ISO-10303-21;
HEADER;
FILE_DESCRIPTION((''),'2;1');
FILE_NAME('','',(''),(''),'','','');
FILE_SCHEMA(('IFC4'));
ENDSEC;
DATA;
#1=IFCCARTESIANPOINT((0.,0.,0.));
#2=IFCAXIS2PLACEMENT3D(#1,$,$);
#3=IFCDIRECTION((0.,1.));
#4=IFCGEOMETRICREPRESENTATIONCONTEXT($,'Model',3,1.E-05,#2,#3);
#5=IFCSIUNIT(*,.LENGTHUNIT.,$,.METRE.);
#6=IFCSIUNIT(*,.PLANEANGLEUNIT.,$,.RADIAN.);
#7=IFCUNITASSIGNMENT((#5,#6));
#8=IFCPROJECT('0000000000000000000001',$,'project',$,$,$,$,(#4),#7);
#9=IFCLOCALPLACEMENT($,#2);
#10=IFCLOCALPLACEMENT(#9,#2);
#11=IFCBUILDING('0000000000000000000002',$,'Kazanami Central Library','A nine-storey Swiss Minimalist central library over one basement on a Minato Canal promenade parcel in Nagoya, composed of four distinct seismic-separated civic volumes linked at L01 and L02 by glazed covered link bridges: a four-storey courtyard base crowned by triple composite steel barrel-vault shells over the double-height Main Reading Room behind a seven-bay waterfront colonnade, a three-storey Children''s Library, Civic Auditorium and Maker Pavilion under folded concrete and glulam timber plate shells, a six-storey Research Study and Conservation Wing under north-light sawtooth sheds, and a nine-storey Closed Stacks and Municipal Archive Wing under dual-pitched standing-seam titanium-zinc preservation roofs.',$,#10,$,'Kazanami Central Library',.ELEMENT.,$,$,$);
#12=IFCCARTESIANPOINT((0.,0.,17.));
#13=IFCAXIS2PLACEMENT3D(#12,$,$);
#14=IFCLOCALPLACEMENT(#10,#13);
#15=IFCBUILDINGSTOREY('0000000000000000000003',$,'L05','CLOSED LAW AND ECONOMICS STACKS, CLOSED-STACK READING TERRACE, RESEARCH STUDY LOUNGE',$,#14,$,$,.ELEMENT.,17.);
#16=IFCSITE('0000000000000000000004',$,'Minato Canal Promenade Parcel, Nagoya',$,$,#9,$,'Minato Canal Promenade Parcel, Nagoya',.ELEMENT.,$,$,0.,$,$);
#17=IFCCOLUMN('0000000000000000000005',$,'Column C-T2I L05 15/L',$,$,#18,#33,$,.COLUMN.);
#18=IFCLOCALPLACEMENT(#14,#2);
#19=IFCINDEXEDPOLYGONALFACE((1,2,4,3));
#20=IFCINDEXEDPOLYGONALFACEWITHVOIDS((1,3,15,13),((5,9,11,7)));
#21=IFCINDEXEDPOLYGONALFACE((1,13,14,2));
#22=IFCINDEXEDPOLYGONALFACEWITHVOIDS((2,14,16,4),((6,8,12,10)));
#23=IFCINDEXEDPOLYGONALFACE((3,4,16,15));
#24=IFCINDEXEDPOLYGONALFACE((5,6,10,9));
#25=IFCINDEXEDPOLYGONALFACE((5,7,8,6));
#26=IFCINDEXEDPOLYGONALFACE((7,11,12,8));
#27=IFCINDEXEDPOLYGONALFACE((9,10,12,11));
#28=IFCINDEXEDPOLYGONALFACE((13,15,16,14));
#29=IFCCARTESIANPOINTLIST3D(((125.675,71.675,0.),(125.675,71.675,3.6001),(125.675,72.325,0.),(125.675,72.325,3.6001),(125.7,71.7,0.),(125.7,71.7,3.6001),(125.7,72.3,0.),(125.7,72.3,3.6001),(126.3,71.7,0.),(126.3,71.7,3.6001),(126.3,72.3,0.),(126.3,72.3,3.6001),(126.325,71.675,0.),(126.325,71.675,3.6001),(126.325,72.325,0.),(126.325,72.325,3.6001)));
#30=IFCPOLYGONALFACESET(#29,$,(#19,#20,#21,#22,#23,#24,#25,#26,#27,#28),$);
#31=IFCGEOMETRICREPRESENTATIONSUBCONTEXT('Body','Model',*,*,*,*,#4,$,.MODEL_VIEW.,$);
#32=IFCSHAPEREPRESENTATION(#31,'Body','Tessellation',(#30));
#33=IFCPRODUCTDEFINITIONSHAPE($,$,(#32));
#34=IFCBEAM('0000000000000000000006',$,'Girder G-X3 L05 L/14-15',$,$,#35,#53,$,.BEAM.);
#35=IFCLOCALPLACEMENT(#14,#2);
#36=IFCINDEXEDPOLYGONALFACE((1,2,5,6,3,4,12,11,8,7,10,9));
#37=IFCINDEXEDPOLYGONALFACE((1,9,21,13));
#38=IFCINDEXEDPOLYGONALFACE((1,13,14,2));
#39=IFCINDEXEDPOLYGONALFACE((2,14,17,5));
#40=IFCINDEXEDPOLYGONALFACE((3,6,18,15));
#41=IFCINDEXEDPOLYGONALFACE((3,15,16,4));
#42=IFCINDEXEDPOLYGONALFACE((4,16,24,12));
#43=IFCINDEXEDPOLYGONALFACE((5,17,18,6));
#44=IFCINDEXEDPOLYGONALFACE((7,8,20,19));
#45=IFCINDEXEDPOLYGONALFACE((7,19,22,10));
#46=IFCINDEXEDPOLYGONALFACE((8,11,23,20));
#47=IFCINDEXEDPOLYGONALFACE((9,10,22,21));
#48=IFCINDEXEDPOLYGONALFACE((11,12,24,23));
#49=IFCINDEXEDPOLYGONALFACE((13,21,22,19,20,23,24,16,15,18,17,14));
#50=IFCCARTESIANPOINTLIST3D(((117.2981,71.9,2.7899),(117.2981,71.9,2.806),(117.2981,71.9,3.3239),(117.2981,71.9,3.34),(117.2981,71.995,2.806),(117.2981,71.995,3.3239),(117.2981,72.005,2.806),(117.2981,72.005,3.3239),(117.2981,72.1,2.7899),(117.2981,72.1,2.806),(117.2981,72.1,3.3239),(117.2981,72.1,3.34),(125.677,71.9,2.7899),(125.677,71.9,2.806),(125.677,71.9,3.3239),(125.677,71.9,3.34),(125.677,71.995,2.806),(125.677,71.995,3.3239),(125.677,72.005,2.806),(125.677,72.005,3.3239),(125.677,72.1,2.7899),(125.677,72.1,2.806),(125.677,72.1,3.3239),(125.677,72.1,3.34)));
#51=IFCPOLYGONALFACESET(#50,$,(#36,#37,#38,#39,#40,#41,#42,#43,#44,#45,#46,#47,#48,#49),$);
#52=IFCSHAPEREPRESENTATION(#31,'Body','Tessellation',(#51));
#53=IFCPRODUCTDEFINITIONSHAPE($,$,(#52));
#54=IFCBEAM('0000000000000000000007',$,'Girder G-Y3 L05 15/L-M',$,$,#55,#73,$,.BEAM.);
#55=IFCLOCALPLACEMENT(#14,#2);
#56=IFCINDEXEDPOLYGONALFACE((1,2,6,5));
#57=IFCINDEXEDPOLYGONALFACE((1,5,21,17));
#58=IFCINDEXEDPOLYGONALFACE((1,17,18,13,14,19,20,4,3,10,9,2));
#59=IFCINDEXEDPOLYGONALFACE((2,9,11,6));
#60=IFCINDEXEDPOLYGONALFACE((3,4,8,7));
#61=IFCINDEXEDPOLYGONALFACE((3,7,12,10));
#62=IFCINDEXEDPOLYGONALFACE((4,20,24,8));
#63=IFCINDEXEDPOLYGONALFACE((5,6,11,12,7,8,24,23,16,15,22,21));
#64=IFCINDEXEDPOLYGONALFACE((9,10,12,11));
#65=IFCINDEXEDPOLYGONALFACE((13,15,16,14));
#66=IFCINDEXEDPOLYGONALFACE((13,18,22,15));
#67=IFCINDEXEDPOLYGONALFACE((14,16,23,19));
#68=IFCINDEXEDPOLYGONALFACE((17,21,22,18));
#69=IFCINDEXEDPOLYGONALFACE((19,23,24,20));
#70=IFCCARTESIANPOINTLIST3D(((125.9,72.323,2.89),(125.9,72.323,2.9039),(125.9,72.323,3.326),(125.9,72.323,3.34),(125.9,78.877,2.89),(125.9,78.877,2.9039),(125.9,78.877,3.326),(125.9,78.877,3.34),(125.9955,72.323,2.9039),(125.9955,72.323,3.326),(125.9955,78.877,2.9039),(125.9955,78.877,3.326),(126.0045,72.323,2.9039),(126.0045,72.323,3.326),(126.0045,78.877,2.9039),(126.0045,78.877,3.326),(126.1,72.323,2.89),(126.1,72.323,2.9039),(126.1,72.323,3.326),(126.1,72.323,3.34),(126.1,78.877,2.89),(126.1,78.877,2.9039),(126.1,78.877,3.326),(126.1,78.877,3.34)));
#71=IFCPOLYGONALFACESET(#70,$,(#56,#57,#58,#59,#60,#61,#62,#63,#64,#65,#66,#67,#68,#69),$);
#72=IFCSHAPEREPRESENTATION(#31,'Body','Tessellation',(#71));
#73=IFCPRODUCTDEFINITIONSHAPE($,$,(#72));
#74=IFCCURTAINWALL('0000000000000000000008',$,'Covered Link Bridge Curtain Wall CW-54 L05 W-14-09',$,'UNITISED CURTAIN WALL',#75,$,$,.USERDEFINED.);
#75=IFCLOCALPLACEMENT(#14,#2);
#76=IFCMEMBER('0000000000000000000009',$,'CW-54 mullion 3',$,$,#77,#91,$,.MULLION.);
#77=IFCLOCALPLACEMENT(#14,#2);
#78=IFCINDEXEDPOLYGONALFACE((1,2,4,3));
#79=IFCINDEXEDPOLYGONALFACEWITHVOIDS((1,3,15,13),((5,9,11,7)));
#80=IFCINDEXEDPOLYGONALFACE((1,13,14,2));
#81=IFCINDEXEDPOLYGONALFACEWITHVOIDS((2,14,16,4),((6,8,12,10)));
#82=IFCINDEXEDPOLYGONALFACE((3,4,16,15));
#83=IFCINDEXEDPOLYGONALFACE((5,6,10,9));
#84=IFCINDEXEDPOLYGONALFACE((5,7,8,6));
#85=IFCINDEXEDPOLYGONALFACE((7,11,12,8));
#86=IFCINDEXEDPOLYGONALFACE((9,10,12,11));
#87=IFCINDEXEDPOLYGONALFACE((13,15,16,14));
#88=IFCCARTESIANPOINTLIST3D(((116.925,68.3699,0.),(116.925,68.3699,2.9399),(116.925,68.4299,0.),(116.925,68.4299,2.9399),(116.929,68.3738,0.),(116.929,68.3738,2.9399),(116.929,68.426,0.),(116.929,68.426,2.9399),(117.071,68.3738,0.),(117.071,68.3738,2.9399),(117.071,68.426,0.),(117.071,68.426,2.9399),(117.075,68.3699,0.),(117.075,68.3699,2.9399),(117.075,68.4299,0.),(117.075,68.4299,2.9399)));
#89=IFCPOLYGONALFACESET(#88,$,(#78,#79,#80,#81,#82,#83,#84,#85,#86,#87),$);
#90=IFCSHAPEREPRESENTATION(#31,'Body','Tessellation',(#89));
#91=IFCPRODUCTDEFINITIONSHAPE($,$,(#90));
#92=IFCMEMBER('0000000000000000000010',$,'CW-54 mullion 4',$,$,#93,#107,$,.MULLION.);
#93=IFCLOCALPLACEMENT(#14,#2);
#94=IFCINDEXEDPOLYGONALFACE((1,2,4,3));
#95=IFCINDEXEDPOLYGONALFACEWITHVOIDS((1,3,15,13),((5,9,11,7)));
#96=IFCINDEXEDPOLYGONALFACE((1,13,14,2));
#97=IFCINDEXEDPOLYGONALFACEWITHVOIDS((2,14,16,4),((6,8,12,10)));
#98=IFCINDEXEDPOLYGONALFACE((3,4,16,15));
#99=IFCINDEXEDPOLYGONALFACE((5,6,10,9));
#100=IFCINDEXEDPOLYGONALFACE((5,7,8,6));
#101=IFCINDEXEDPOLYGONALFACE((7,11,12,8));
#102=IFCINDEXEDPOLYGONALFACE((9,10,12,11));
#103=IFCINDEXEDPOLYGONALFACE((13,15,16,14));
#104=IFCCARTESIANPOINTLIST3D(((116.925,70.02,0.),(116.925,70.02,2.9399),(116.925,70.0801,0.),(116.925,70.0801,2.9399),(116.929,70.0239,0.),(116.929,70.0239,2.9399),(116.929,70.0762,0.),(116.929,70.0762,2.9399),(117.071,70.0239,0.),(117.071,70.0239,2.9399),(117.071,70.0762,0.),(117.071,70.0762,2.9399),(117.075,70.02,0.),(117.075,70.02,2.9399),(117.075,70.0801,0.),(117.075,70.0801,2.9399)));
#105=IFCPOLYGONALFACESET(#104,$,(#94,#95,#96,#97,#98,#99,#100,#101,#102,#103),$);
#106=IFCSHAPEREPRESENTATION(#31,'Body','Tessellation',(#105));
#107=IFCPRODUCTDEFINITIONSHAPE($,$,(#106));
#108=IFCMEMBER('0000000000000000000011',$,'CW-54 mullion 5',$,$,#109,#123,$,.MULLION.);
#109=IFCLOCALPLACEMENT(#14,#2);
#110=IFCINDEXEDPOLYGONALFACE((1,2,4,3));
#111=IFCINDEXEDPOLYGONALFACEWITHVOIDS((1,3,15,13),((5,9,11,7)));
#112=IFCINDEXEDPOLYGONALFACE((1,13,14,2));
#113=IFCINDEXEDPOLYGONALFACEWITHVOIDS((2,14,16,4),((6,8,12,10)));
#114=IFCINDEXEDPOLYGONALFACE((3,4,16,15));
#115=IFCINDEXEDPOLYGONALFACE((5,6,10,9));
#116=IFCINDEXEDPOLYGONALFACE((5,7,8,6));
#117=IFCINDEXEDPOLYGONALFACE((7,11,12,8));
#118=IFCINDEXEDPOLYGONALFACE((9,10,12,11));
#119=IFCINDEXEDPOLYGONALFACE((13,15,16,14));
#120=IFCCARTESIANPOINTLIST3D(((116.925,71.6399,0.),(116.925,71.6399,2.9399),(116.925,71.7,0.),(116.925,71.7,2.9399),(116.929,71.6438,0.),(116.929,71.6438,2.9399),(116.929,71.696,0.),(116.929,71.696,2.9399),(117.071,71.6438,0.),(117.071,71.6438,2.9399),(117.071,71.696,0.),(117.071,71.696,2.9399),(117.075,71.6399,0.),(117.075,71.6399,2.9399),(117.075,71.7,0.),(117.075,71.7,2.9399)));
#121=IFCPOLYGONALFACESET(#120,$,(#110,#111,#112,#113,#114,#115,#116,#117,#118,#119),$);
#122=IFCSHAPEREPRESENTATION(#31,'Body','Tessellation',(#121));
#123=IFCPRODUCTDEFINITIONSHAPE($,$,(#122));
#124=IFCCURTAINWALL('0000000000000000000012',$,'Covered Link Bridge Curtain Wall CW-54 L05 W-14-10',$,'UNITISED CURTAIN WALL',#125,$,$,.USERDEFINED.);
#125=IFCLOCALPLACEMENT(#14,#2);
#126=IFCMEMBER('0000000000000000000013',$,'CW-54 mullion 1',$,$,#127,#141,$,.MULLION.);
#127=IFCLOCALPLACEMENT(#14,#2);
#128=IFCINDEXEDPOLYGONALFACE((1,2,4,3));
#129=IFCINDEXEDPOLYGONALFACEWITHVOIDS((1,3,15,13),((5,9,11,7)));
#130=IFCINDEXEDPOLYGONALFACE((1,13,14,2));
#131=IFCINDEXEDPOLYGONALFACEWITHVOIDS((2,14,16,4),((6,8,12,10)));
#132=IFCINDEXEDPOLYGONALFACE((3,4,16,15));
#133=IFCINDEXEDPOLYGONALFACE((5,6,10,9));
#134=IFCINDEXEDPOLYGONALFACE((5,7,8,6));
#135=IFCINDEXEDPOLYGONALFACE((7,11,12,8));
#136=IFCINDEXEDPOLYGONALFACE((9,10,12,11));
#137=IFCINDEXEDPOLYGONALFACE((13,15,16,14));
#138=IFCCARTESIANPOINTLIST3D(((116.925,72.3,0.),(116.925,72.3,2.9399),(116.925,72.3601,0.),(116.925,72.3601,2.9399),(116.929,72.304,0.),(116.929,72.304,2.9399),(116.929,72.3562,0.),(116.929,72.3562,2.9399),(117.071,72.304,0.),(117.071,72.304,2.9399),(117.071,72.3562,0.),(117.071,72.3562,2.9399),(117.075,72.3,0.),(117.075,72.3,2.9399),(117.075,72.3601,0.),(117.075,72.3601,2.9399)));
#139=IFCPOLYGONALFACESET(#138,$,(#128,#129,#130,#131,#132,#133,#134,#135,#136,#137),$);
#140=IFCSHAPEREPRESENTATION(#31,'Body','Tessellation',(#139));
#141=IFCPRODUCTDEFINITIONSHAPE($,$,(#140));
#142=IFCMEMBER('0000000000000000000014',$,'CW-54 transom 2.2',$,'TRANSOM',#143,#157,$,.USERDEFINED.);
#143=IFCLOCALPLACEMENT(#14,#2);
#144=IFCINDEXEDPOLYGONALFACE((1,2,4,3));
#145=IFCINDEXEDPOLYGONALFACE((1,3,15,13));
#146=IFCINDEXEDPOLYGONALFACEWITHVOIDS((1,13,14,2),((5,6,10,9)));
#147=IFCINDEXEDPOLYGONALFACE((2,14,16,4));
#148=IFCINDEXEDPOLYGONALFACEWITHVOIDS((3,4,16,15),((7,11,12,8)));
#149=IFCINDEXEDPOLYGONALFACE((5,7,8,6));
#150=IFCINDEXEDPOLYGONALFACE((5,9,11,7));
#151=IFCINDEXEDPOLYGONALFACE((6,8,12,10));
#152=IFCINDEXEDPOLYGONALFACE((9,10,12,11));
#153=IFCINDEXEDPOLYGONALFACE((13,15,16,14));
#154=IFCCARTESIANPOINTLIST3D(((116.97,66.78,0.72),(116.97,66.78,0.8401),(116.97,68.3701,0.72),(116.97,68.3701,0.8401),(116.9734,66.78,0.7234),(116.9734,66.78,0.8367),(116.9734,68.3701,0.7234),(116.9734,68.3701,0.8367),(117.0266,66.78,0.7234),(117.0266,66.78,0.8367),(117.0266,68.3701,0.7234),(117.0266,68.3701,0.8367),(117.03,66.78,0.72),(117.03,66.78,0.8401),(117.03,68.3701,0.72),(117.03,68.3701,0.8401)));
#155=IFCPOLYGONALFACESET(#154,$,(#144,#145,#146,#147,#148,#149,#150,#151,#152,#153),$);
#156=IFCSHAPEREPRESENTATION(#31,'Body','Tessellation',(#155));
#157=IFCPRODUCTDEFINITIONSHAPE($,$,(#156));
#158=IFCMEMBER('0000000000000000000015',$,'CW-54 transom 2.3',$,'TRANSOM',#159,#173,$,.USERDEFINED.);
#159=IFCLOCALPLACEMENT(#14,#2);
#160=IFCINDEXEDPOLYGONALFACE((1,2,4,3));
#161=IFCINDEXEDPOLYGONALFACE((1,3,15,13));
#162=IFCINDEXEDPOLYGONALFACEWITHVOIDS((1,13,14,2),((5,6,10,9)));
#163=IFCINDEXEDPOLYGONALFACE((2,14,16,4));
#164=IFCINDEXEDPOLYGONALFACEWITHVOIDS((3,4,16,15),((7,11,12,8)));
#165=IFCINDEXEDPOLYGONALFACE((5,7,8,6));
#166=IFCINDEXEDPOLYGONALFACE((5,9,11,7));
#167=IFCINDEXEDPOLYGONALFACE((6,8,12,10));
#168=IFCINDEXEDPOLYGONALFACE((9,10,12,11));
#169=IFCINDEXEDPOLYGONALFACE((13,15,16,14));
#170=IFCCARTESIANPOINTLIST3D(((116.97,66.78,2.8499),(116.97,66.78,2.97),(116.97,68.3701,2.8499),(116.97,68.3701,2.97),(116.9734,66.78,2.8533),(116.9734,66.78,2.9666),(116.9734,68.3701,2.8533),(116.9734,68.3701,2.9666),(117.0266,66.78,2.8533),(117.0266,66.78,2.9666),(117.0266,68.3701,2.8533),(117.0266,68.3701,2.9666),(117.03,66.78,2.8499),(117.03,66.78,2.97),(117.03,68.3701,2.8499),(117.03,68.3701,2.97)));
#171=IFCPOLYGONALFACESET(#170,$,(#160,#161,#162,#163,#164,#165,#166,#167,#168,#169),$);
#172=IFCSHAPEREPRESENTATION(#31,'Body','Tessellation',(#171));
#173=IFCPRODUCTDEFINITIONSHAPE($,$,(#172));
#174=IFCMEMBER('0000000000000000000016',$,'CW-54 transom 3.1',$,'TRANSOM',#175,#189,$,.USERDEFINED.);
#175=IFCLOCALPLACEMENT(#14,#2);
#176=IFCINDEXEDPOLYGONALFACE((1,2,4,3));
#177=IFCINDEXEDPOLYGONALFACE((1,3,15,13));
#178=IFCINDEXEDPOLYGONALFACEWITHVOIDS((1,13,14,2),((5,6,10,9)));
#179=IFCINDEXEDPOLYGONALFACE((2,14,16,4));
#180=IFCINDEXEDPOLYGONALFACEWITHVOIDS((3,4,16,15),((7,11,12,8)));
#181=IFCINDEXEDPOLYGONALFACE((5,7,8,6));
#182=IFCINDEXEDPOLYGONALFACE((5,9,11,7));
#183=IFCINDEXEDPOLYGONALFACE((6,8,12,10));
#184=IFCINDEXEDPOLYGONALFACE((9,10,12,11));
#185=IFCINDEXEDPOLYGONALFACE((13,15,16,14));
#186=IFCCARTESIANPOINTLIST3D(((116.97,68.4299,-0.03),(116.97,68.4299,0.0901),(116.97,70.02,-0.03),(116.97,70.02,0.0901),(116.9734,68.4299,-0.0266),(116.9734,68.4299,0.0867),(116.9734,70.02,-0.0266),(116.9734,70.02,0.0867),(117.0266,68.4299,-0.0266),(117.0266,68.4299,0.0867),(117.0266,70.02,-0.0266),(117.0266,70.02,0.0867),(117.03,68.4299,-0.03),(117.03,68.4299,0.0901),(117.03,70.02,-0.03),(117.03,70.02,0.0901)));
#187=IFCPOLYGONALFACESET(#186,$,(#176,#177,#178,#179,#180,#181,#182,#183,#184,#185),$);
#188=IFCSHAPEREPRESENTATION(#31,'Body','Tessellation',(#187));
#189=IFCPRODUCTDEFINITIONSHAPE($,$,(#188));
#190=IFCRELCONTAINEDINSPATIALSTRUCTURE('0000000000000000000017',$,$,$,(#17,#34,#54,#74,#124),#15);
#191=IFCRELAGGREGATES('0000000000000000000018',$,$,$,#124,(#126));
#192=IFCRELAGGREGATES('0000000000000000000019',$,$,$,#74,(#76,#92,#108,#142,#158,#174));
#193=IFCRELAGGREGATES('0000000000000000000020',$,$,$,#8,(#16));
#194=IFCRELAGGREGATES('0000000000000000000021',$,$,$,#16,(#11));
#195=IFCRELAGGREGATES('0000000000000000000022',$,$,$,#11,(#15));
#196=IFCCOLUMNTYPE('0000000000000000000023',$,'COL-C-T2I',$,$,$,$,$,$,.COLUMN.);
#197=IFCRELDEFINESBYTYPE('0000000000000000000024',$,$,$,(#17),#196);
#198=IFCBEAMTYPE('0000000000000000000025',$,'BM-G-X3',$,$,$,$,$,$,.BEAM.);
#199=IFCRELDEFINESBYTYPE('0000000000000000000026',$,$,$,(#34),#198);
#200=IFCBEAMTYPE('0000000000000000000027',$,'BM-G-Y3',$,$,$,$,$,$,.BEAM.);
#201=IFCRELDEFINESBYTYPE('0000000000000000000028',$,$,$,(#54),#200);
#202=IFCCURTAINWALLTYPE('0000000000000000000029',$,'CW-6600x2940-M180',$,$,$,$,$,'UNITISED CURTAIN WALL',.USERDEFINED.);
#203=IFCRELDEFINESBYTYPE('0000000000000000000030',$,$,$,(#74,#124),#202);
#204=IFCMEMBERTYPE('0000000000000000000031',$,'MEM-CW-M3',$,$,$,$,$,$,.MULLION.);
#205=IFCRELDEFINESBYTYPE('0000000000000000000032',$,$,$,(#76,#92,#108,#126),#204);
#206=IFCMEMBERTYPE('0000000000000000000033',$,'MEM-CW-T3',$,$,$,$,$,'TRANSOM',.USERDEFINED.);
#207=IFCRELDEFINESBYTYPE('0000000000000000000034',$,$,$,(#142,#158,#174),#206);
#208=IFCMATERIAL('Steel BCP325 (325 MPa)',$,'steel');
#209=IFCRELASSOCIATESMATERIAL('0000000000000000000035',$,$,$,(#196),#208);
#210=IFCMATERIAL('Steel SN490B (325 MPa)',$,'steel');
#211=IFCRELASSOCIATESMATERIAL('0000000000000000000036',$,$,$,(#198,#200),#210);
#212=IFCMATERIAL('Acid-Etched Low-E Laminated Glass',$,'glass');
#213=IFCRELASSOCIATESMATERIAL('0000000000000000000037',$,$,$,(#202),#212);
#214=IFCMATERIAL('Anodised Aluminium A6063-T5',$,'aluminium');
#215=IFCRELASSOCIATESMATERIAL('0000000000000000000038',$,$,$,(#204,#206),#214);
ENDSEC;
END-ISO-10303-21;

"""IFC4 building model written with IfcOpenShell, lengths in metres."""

from ifc_helpers import new_model, si_unit, direction, frame, origin, origin_2d, place, context, subcontext, project, spatial, hollow_rectangle, i_section, extrude, material, material_profile, profile_set, type_object, element, aggregate, save


model = new_model("IFC4")

# Units and contexts
model_context = context("Model", 3, precision=1e-05, world=origin(), true_north=direction((0.0, 1.0)))
body_context = subcontext(model_context, "Body", "Model", "MODEL_VIEW")
ifc_project = project(units=[si_unit("LENGTHUNIT", "METRE"), si_unit("PLANEANGLEUNIT", "RADIAN")], contexts=[model_context])

# Site, building, storey
site_placement = place(None, origin())
site = spatial("IfcSite", under=ifc_project, at=site_placement, Name="Minato Canal Promenade Parcel, Nagoya", LongName="Minato Canal Promenade Parcel, Nagoya", CompositionType="ELEMENT", RefElevation=0.0)
building_placement = place(site_placement, origin())
building = spatial("IfcBuilding", under=site, at=building_placement, Name="Kazanami Central Library", Description="A nine-storey Swiss Minimalist central library over one basement on a Minato Canal promenade parcel in Nagoya, composed of four distinct seismic-separated civic volumes linked at L01 and L02 by glazed covered link bridges: a four-storey courtyard base crowned by triple composite steel barrel-vault shells over the double-height Main Reading Room behind a seven-bay waterfront colonnade, a three-storey Children's Library, Civic Auditorium and Maker Pavilion under folded concrete and glulam timber plate shells, a six-storey Research Study and Conservation Wing under north-light sawtooth sheds, and a nine-storey Closed Stacks and Municipal Archive Wing under dual-pitched standing-seam titanium-zinc preservation roofs.", LongName="Kazanami Central Library", CompositionType="ELEMENT")
storey_placement = place(building_placement, frame((0.0, 0.0, 17.0)))
storey = spatial("IfcBuildingStorey", under=building, at=storey_placement, Name="L05", Description="CLOSED LAW AND ECONOMICS STACKS, CLOSED-STACK READING TERRACE, RESEARCH STUDY LOUNGE", CompositionType="ELEMENT", Elevation=17.0)

# Column
ifc_material_1 = material(Name="Steel BCP325 (325 MPa)", Category="steel")
ifc_material_profile_1 = material_profile(ifc_material_1, hollow_rectangle(XDim=0.6499, YDim=0.6499, WallThickness=0.0249, at=origin_2d()), Name="BCP-650x650x25")
ifc_profile_set_1 = profile_set([ifc_material_profile_1], Name="Steel BCP325 (325 MPa)")
column_type = type_object("IfcColumnType", Name="COL-C-T2I", PredefinedType="COLUMN", material=ifc_profile_set_1)
column_placement = place(storey_placement, frame((126.0, 72.0, 0.0), z_axis=(0.0, 0.0, 1.0), x_axis=(1.0, 0.0, 0.0)))
element("IfcColumn", 1, at=column_placement, inside=storey, type_object=column_type, Name="Column C-T2I L05 15/L", PredefinedType="COLUMN", context=body_context, shape_type="SweptSolid", body=[
    extrude(hollow_rectangle(XDim=0.6499, YDim=0.6499, WallThickness=0.0249, at=origin_2d()), origin(), (0.0, 0.0, 1.0), 3.6001),
])

# Beams
ifc_material_2 = material(Name="Steel SN490B (325 MPa)", Category="steel")
ifc_material_profile_2 = material_profile(ifc_material_2, i_section(OverallWidth=0.2, OverallDepth=0.55, WebThickness=0.01, FlangeThickness=0.0161, at=origin_2d()), Name="H-550x200x10x16")
ifc_profile_set_2 = profile_set([ifc_material_profile_2], Name="Steel SN490B (325 MPa)")
beam_type_1 = type_object("IfcBeamType", Name="BM-G-X3", PredefinedType="BEAM", material=ifc_profile_set_2)
beam_1_placement = place(storey_placement, frame((117.2981, 72.0, 3.0649), z_axis=(1.0, 0.0, 0.0), x_axis=(0.0, 1.0, 0.0)))
element("IfcBeam", 2, at=beam_1_placement, inside=storey, type_object=beam_type_1, Name="Girder G-X3 L05 L/14-15", PredefinedType="BEAM", context=body_context, shape_type="SweptSolid", body=[
    extrude(i_section(OverallWidth=0.2, OverallDepth=0.55, WebThickness=0.01, FlangeThickness=0.0161, at=origin_2d()), origin(), (0.0, 0.0, 1.0), 8.3789),
])
ifc_material_profile_3 = material_profile(ifc_material_2, i_section(OverallWidth=0.2, OverallDepth=0.45, WebThickness=0.009, FlangeThickness=0.0139, at=origin_2d()), Name="H-450x200x9x14")
ifc_profile_set_3 = profile_set([ifc_material_profile_3], Name="Steel SN490B (325 MPa)")
beam_type_2 = type_object("IfcBeamType", Name="BM-G-Y3", PredefinedType="BEAM", material=ifc_profile_set_3)
beam_2_placement = place(storey_placement, frame((126.0, 72.323, 3.115), z_axis=(0.0, 1.0, 0.0), x_axis=(-1.0, 0.0, 0.0)))
element("IfcBeam", 3, at=beam_2_placement, inside=storey, type_object=beam_type_2, Name="Girder G-Y3 L05 15/L-M", PredefinedType="BEAM", context=body_context, shape_type="SweptSolid", body=[
    extrude(i_section(OverallWidth=0.2, OverallDepth=0.45, WebThickness=0.009, FlangeThickness=0.0139, at=origin_2d()), origin(), (0.0, 0.0, 1.0), 6.554),
])

# Curtain wall, members
ifc_material_3 = material(Name="Acid-Etched Low-E Laminated Glass", Category="glass")
curtain_wall_type = type_object("IfcCurtainWallType", Name="CW-6600x2940-M180", ElementType="UNITISED CURTAIN WALL", PredefinedType="USERDEFINED", material=ifc_material_3)
curtain_wall_1_placement = place(storey_placement, origin())
curtain_wall_1 = element("IfcCurtainWall", 4, at=curtain_wall_1_placement, inside=storey, type_object=curtain_wall_type, Name="Covered Link Bridge Curtain Wall CW-54 L05 W-14-09", ObjectType="UNITISED CURTAIN WALL", PredefinedType="USERDEFINED")
ifc_material_4 = material(Name="Anodised Aluminium A6063-T5", Category="aluminium")
ifc_material_profile_4 = material_profile(ifc_material_4, hollow_rectangle(XDim=0.0601, YDim=0.1499, WallThickness=0.0039, at=origin_2d()), Name="ALU-MULL-60x150x4")
ifc_profile_set_4 = profile_set([ifc_material_profile_4], Name="Anodised Aluminium A6063-T5")
member_type_1 = type_object("IfcMemberType", Name="MEM-CW-M3", PredefinedType="MULLION", material=ifc_profile_set_4)
member_1_placement = place(storey_placement, frame((117.0, 68.3999, 0.0), z_axis=(0.0, 0.0, 1.0), x_axis=(0.0, 1.0, 0.0)))
member_1 = element("IfcMember", 5, at=member_1_placement, type_object=member_type_1, Name="CW-54 mullion 3", PredefinedType="MULLION", context=body_context, shape_type="SweptSolid", body=[
    extrude(hollow_rectangle(XDim=0.0601, YDim=0.1499, WallThickness=0.0039, at=origin_2d()), origin(), (0.0, 0.0, 1.0), 2.9399),
])
member_2_placement = place(storey_placement, frame((117.0, 70.05, 0.0), z_axis=(0.0, 0.0, 1.0), x_axis=(0.0, 1.0, 0.0)))
member_2 = element("IfcMember", 6, at=member_2_placement, type_object=member_type_1, Name="CW-54 mullion 4", PredefinedType="MULLION", context=body_context, shape_type="SweptSolid", body=[
    extrude(hollow_rectangle(XDim=0.0601, YDim=0.1499, WallThickness=0.0039, at=origin_2d()), origin(), (0.0, 0.0, 1.0), 2.9399),
])
member_3_placement = place(storey_placement, frame((117.0, 71.6699, 0.0), z_axis=(0.0, 0.0, 1.0), x_axis=(0.0, 1.0, 0.0)))
member_3 = element("IfcMember", 7, at=member_3_placement, type_object=member_type_1, Name="CW-54 mullion 5", PredefinedType="MULLION", context=body_context, shape_type="SweptSolid", body=[
    extrude(hollow_rectangle(XDim=0.0601, YDim=0.1499, WallThickness=0.0039, at=origin_2d()), origin(), (0.0, 0.0, 1.0), 2.9399),
])

# Curtain wall, member
curtain_wall_2_placement = place(storey_placement, origin())
curtain_wall_2 = element("IfcCurtainWall", 8, at=curtain_wall_2_placement, inside=storey, type_object=curtain_wall_type, Name="Covered Link Bridge Curtain Wall CW-54 L05 W-14-10", ObjectType="UNITISED CURTAIN WALL", PredefinedType="USERDEFINED")
member_4_placement = place(storey_placement, frame((117.0, 72.3301, 0.0), z_axis=(0.0, 0.0, 1.0), x_axis=(0.0, 1.0, 0.0)))
member_4 = element("IfcMember", 9, at=member_4_placement, type_object=member_type_1, Name="CW-54 mullion 1", PredefinedType="MULLION", context=body_context, shape_type="SweptSolid", body=[
    extrude(hollow_rectangle(XDim=0.0601, YDim=0.1499, WallThickness=0.0039, at=origin_2d()), origin(), (0.0, 0.0, 1.0), 2.9399),
])

# Members
ifc_material_profile_5 = material_profile(ifc_material_4, hollow_rectangle(XDim=0.0601, YDim=0.1201, WallThickness=0.0034, at=origin_2d()), Name="ALU-TRAN-60x120x3.5")
ifc_profile_set_5 = profile_set([ifc_material_profile_5], Name="Anodised Aluminium A6063-T5")
member_type_2 = type_object("IfcMemberType", Name="MEM-CW-T3", ElementType="TRANSOM", PredefinedType="USERDEFINED", material=ifc_profile_set_5)
member_5_placement = place(storey_placement, frame((117.0, 66.78, 0.78), z_axis=(0.0, 1.0, 0.0), x_axis=(-1.0, 0.0, 0.0)))
member_5 = element("IfcMember", 10, at=member_5_placement, type_object=member_type_2, Name="CW-54 transom 2.2", ObjectType="TRANSOM", PredefinedType="USERDEFINED", context=body_context, shape_type="SweptSolid", body=[
    extrude(hollow_rectangle(XDim=0.0601, YDim=0.1201, WallThickness=0.0034, at=origin_2d()), origin(), (0.0, 0.0, 1.0), 1.5901),
])
member_6_placement = place(storey_placement, frame((117.0, 66.78, 2.9099), z_axis=(0.0, 1.0, 0.0), x_axis=(-1.0, 0.0, 0.0)))
member_6 = element("IfcMember", 11, at=member_6_placement, type_object=member_type_2, Name="CW-54 transom 2.3", ObjectType="TRANSOM", PredefinedType="USERDEFINED", context=body_context, shape_type="SweptSolid", body=[
    extrude(hollow_rectangle(XDim=0.0601, YDim=0.1201, WallThickness=0.0034, at=origin_2d()), origin(), (0.0, 0.0, 1.0), 1.5901),
])
member_7_placement = place(storey_placement, frame((117.0, 68.4299, 0.03), z_axis=(0.0, 1.0, 0.0), x_axis=(-1.0, 0.0, 0.0)))
member_7 = element("IfcMember", 12, at=member_7_placement, type_object=member_type_2, Name="CW-54 transom 3.1", ObjectType="TRANSOM", PredefinedType="USERDEFINED", context=body_context, shape_type="SweptSolid", body=[
    extrude(hollow_rectangle(XDim=0.0601, YDim=0.1201, WallThickness=0.0034, at=origin_2d()), origin(), (0.0, 0.0, 1.0), 1.5901),
])
aggregate(curtain_wall_2, [member_4])

aggregate(curtain_wall_1, [member_1, member_2, member_3, member_5, member_6, member_7])

save(model, "model.ifc")
